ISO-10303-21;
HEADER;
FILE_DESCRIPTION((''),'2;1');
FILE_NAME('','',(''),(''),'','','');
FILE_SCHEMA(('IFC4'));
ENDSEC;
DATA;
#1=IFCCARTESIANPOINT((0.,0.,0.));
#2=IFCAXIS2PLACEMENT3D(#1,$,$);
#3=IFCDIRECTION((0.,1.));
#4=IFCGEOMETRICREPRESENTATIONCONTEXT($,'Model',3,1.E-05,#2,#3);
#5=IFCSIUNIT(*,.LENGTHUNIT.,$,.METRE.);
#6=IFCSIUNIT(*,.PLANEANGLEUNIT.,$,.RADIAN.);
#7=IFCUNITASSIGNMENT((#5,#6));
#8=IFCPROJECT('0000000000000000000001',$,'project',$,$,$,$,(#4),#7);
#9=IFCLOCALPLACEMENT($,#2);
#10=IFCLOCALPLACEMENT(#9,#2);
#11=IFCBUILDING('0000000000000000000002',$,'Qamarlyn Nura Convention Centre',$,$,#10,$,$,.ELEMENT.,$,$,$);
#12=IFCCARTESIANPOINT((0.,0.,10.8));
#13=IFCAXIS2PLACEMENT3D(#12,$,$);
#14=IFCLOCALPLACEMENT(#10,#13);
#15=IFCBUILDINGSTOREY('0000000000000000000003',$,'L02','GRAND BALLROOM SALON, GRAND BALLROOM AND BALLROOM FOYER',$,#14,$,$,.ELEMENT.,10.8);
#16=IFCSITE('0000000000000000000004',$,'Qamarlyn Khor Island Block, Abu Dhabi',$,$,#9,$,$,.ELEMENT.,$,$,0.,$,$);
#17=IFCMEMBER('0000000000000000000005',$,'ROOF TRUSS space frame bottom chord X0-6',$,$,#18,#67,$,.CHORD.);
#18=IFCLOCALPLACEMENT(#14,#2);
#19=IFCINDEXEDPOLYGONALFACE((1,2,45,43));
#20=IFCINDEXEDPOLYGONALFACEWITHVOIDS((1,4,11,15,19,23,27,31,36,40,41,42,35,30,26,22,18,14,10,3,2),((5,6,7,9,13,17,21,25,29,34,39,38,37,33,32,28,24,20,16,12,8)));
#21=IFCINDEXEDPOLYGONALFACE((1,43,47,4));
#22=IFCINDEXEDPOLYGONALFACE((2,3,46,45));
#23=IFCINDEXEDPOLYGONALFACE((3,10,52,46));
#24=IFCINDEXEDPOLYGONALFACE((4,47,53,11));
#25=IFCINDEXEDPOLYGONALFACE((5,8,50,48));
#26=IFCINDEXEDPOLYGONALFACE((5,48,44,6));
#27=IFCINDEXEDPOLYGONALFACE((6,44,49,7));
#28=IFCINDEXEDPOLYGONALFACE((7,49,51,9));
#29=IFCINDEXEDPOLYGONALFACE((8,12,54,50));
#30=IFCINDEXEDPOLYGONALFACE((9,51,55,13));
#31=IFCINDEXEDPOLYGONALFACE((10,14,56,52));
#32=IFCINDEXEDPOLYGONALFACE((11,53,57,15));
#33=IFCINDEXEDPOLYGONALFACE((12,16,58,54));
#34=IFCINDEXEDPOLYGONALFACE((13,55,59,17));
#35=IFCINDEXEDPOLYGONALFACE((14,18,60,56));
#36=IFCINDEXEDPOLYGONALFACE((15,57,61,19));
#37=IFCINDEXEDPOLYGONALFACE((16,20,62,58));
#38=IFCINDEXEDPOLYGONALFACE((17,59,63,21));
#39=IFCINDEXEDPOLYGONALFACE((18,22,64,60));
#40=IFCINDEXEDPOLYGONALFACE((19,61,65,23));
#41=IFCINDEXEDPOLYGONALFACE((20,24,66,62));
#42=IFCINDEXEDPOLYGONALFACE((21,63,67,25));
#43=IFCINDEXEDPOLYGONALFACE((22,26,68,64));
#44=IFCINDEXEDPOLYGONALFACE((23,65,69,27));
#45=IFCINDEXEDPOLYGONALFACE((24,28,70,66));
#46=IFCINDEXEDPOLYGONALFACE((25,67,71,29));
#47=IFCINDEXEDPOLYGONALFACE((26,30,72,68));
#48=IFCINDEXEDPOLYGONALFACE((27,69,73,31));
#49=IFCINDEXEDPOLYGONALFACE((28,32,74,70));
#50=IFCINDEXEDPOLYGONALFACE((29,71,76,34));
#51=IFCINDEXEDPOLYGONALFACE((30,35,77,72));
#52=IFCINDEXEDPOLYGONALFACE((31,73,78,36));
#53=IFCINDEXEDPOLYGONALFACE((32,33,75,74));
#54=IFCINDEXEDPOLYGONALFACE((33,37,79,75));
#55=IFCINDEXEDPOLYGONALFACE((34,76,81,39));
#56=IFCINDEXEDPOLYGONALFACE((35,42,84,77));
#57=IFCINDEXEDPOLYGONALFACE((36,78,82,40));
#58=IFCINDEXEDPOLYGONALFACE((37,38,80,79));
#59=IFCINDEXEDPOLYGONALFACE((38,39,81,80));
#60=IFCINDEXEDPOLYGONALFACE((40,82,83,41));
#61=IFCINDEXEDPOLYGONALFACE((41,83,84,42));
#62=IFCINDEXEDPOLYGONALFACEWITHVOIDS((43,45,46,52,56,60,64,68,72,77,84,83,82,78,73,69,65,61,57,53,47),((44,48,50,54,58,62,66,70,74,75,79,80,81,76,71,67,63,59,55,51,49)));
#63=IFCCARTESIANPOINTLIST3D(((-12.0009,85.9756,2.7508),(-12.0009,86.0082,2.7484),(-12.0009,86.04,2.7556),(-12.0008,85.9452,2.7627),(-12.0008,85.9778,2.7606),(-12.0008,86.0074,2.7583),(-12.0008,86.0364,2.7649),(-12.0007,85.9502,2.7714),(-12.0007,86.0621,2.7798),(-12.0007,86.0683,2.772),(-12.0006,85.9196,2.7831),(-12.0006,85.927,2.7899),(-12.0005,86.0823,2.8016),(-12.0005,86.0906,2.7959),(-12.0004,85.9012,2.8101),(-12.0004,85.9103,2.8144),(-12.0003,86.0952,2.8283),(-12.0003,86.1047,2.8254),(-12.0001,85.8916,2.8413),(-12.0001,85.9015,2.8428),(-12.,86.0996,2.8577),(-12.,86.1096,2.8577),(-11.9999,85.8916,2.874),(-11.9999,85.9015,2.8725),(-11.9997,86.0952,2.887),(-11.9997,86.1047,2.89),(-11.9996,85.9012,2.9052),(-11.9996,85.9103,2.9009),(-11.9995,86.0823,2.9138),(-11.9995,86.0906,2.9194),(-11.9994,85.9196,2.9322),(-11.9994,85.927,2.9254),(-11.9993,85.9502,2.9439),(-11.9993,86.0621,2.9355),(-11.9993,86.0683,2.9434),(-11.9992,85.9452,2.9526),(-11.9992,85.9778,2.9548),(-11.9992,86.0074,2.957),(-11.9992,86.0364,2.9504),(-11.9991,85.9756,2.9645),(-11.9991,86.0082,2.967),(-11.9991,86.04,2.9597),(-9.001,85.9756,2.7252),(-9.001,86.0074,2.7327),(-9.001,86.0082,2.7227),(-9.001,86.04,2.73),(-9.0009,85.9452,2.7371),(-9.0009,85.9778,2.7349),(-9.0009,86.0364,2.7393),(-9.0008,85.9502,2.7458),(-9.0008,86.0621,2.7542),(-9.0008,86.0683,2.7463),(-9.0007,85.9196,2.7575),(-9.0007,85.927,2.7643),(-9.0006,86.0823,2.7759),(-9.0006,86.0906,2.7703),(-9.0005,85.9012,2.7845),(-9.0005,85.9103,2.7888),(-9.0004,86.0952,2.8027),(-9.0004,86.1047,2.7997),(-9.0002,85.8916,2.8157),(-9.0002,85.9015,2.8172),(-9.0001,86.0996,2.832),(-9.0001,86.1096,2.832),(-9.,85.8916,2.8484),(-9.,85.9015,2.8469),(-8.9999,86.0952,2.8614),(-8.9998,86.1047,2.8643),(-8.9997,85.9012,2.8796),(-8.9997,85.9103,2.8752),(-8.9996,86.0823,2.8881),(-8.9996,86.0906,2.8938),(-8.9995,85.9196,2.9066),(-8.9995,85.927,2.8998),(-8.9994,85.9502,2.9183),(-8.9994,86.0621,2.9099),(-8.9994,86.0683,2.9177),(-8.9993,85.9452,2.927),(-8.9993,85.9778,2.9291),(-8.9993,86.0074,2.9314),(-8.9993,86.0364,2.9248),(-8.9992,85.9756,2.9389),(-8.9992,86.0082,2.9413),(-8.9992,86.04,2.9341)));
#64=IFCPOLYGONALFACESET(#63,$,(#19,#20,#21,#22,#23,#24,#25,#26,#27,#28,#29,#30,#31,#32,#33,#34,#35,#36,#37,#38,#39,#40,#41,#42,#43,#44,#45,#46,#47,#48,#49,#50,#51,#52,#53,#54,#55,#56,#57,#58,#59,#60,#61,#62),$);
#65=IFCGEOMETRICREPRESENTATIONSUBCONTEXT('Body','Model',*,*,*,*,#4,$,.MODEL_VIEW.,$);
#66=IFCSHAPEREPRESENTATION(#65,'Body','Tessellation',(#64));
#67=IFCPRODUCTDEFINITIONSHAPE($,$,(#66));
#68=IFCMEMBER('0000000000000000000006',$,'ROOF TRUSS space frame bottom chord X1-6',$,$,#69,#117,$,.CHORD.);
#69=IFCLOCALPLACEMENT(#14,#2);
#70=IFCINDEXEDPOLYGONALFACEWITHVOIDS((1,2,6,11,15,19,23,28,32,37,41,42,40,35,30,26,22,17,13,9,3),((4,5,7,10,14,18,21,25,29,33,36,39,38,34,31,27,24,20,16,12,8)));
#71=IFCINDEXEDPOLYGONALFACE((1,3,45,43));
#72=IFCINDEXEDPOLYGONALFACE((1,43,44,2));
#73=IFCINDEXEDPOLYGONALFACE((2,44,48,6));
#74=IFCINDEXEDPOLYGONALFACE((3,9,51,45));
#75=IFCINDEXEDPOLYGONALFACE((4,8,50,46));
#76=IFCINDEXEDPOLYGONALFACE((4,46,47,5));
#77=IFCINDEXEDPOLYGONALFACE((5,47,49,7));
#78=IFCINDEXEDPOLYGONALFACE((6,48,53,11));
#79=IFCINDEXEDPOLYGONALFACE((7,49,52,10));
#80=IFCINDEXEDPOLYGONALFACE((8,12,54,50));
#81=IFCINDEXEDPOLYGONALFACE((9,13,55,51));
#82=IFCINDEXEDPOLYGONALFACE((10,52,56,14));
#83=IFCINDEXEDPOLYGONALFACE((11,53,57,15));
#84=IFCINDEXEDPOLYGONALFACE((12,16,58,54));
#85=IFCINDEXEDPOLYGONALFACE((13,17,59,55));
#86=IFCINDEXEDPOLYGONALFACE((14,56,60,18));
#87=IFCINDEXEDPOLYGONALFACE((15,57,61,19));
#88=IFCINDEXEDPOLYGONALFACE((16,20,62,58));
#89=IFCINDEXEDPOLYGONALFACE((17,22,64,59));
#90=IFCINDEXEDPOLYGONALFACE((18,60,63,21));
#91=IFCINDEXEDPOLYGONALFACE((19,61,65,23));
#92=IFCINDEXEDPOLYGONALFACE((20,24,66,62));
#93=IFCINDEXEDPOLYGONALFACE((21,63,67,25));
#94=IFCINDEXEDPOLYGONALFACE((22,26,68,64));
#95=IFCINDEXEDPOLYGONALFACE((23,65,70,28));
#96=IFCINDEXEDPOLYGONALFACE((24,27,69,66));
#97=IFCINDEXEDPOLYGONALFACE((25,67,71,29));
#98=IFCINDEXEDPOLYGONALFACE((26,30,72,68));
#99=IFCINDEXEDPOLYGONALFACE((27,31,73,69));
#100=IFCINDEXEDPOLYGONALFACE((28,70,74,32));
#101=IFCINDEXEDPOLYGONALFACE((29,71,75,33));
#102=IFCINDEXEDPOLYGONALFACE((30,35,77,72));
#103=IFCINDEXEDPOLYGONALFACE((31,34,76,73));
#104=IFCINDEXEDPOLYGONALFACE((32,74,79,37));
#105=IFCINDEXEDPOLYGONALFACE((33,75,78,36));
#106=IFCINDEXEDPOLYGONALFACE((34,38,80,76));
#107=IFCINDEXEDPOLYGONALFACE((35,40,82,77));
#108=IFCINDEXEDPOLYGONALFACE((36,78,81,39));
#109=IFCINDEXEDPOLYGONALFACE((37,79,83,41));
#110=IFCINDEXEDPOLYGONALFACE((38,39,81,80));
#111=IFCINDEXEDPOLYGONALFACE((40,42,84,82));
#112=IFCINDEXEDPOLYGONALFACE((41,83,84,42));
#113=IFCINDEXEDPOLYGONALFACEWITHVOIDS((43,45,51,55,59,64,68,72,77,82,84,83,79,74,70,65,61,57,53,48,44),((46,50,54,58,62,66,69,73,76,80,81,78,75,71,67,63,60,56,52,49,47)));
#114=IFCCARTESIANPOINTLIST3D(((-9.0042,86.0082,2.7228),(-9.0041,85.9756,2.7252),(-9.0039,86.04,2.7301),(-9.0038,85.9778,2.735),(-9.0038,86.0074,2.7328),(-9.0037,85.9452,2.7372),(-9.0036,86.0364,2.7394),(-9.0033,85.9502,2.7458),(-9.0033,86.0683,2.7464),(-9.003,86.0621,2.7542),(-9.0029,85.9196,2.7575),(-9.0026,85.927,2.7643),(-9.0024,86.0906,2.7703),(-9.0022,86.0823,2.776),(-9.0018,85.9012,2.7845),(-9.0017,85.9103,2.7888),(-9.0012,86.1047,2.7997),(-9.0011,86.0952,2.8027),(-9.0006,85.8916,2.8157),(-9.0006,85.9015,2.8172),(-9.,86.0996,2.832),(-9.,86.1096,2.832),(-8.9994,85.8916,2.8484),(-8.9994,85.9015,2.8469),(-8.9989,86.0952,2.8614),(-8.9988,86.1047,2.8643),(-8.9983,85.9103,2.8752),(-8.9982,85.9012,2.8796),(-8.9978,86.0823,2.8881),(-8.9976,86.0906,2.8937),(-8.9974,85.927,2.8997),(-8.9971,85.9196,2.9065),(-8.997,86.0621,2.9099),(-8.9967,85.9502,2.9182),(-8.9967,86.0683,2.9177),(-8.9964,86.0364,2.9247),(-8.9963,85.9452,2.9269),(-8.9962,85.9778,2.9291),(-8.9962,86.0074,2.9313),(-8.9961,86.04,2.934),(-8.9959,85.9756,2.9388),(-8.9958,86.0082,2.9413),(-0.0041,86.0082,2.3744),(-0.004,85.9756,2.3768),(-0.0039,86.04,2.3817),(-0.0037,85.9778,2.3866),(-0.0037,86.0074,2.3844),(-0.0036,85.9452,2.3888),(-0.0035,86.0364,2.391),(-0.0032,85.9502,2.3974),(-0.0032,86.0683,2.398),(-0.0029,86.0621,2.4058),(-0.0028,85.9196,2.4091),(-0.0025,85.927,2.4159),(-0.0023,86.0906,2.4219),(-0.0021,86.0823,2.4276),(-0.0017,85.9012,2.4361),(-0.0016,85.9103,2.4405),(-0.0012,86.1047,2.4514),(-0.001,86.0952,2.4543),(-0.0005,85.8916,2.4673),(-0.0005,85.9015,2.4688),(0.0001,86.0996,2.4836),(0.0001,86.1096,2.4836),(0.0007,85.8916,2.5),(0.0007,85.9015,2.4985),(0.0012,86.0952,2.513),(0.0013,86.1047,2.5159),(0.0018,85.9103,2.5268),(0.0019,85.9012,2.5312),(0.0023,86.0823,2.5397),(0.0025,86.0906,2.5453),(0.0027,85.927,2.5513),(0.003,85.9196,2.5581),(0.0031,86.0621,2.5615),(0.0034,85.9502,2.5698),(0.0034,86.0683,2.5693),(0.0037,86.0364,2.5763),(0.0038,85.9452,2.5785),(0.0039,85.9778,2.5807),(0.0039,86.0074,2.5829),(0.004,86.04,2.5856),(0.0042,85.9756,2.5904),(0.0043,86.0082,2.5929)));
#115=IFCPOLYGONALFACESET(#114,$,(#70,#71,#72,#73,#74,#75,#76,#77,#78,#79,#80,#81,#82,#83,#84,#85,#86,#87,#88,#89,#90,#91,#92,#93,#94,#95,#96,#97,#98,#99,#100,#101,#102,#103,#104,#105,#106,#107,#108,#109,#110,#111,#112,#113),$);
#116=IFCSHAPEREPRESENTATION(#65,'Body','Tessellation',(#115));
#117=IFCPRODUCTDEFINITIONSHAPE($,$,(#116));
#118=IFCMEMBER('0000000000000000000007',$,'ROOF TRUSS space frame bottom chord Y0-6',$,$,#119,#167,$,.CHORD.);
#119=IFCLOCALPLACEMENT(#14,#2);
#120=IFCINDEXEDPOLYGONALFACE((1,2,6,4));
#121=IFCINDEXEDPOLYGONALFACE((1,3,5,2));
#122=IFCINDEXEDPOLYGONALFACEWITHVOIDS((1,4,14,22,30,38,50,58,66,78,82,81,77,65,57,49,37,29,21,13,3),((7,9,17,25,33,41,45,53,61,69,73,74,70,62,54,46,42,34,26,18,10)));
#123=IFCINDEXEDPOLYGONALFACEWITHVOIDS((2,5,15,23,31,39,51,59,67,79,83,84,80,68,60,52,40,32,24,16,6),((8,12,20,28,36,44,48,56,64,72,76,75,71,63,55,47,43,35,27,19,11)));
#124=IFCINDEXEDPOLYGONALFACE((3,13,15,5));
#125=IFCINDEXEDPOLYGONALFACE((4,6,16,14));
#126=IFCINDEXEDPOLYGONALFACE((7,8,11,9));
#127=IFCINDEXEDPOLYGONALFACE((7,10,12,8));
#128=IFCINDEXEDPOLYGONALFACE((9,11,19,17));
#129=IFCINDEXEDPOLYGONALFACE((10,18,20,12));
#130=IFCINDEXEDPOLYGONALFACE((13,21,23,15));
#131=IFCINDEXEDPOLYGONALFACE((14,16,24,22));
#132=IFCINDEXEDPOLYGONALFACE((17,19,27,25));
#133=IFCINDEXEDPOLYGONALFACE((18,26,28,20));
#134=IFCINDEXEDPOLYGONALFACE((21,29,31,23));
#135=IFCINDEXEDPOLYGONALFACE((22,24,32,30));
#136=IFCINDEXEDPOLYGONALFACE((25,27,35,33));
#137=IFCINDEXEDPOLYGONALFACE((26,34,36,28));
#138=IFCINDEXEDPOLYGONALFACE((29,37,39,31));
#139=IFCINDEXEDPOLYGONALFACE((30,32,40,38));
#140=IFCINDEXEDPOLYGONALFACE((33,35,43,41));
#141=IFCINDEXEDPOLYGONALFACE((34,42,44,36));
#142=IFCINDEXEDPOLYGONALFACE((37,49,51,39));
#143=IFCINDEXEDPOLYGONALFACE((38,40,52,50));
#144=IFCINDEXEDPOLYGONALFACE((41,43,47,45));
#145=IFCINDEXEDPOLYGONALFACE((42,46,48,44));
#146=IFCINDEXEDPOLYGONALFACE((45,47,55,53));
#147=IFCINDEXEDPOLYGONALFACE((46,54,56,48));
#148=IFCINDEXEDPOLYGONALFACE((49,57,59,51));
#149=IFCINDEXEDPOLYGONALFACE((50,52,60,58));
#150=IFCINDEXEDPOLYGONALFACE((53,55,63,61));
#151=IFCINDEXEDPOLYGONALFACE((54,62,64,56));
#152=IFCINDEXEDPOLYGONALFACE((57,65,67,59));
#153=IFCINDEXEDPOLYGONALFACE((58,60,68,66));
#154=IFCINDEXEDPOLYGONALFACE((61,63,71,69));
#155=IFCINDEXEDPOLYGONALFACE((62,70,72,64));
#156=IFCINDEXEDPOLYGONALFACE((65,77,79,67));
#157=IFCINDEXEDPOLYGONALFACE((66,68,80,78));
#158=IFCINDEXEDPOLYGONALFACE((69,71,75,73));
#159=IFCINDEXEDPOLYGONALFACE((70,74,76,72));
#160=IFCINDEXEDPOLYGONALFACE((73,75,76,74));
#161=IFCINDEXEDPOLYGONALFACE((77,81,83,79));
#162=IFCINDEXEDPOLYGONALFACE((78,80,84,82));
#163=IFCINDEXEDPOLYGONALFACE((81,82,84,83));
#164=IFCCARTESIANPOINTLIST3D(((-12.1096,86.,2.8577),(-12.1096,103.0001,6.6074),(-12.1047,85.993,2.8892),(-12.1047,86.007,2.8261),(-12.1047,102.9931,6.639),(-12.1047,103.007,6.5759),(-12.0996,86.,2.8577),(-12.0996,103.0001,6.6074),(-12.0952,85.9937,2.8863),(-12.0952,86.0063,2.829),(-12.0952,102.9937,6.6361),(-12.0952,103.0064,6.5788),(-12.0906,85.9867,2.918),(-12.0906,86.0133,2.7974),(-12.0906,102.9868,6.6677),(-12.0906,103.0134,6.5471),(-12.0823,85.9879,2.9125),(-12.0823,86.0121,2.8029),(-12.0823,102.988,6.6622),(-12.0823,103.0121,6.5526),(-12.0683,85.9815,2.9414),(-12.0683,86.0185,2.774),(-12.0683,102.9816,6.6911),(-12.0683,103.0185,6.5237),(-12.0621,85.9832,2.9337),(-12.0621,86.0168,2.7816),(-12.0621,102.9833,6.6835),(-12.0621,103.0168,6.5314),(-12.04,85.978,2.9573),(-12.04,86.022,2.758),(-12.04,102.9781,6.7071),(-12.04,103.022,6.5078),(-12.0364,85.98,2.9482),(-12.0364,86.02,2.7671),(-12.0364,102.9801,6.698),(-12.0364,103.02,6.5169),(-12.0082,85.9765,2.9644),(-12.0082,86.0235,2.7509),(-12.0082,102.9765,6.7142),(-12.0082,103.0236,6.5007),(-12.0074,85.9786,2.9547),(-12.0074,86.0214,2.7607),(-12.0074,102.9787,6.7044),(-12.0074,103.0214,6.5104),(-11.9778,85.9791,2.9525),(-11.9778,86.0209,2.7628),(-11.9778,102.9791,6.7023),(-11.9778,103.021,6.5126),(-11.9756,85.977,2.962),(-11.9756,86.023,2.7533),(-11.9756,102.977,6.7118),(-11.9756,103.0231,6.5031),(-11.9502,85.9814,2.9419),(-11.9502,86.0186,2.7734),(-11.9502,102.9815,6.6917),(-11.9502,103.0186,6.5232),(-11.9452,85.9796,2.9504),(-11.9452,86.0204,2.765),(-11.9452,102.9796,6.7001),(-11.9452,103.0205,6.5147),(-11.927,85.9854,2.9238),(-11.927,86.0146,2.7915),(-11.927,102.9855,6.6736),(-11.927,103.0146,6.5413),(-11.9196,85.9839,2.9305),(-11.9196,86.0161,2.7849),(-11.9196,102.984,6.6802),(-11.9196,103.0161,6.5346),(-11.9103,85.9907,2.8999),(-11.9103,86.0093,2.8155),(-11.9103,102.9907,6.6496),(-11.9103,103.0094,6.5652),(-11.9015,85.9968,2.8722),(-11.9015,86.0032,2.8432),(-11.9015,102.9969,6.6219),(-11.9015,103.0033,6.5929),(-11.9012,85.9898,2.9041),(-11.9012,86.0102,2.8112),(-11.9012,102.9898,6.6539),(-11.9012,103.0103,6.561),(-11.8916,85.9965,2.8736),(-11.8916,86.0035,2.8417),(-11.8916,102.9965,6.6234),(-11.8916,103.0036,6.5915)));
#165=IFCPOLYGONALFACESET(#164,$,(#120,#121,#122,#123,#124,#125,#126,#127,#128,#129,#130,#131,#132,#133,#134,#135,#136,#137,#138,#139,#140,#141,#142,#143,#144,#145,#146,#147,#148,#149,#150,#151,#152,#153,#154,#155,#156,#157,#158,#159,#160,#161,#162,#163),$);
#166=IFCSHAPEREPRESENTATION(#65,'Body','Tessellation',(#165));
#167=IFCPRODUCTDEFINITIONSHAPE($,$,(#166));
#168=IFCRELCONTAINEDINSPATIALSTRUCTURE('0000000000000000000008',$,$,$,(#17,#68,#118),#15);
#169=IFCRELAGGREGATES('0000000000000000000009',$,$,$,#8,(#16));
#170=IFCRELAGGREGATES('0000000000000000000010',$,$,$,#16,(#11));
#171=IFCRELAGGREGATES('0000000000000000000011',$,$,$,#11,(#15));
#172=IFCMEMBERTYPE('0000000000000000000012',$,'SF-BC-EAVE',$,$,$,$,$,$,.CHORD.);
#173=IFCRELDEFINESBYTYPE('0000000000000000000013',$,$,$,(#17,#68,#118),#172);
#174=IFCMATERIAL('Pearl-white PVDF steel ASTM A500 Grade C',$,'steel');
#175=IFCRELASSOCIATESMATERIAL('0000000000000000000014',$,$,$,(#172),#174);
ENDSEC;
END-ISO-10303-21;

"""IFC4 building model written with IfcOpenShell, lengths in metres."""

from ifc_helpers import new_model, si_unit, direction, frame, origin, origin_2d, place, context, subcontext, project, spatial, hollow_circle, extrude, material, material_profile, profile_set, type_object, element, save


model = new_model("IFC4")

# Units and contexts
model_context = context("Model", 3, precision=1e-05, world=origin(), true_north=direction((0.0, 1.0)))
body_context = subcontext(model_context, "Body", "Model", "MODEL_VIEW")
ifc_project = project(units=[si_unit("LENGTHUNIT", "METRE"), si_unit("PLANEANGLEUNIT", "RADIAN")], contexts=[model_context])

# Site, building, storey
site_placement = place(None, origin())
site = spatial("IfcSite", under=ifc_project, at=site_placement, Name="Qamarlyn Khor Island Block, Abu Dhabi", CompositionType="ELEMENT", RefElevation=0.0)
building_placement = place(site_placement, origin())
building = spatial("IfcBuilding", under=site, at=building_placement, Name="Qamarlyn Nura Convention Centre", CompositionType="ELEMENT")
storey_placement = place(building_placement, frame((0.0, 0.0, 10.8)))
storey = spatial("IfcBuildingStorey", under=building, at=storey_placement, Name="L02", Description="GRAND BALLROOM SALON, GRAND BALLROOM AND BALLROOM FOYER", CompositionType="ELEMENT", Elevation=10.8)

# Members
ifc_material_1 = material(Name="Pearl-white PVDF steel ASTM A500 Grade C", Category="steel")
ifc_material_profile_1 = material_profile(ifc_material_1, hollow_circle(Radius=0.1096, WallThickness=0.01, at=origin_2d()), Name="CHS219.1X10")
ifc_profile_set_1 = profile_set([ifc_material_profile_1], Name="Pearl-white PVDF steel ASTM A500 Grade C")
member_type_1 = type_object("IfcMemberType", Name="SF-BC-EAVE", PredefinedType="CHORD", material=ifc_profile_set_1)
member_1_placement = place(storey_placement, frame((-12.0, 86.0, 2.8577), z_axis=(0.999963, 0.0, -0.008545), x_axis=(0.0, 1.0, 0.0)))
element("IfcMember", 1, at=member_1_placement, inside=storey, type_object=member_type_1, Name="ROOF TRUSS space frame bottom chord X0-6", PredefinedType="CHORD", context=body_context, shape_type="SweptSolid", body=[
    extrude(hollow_circle(Radius=0.1096, WallThickness=0.01, at=origin_2d()), origin(), (0.0, 0.0, 1.0), 3.0),
])
member_2_placement = place(storey_placement, frame((-9.0, 86.0, 2.832), z_axis=(0.999252, 0.0, -0.038681), x_axis=(0.0, 1.0, 0.0)))
element("IfcMember", 2, at=member_2_placement, inside=storey, type_object=member_type_1, Name="ROOF TRUSS space frame bottom chord X1-6", PredefinedType="CHORD", context=body_context, shape_type="SweptSolid", body=[
    extrude(hollow_circle(Radius=0.1096, WallThickness=0.01, at=origin_2d()), origin(), (0.0, 0.0, 1.0), 9.0068),
])
member_3_placement = place(storey_placement, frame((-12.0, 86.0, 2.8577), z_axis=(0.0, 0.976527, 0.215396), x_axis=(-1.0, 0.0, 0.0)))
element("IfcMember", 3, at=member_3_placement, inside=storey, type_object=member_type_1, Name="ROOF TRUSS space frame bottom chord Y0-6", PredefinedType="CHORD", context=body_context, shape_type="SweptSolid", body=[
    extrude(hollow_circle(Radius=0.1096, WallThickness=0.01, at=origin_2d()), origin(), (0.0, 0.0, 1.0), 17.4087),
])

save(model, "model.ifc")
